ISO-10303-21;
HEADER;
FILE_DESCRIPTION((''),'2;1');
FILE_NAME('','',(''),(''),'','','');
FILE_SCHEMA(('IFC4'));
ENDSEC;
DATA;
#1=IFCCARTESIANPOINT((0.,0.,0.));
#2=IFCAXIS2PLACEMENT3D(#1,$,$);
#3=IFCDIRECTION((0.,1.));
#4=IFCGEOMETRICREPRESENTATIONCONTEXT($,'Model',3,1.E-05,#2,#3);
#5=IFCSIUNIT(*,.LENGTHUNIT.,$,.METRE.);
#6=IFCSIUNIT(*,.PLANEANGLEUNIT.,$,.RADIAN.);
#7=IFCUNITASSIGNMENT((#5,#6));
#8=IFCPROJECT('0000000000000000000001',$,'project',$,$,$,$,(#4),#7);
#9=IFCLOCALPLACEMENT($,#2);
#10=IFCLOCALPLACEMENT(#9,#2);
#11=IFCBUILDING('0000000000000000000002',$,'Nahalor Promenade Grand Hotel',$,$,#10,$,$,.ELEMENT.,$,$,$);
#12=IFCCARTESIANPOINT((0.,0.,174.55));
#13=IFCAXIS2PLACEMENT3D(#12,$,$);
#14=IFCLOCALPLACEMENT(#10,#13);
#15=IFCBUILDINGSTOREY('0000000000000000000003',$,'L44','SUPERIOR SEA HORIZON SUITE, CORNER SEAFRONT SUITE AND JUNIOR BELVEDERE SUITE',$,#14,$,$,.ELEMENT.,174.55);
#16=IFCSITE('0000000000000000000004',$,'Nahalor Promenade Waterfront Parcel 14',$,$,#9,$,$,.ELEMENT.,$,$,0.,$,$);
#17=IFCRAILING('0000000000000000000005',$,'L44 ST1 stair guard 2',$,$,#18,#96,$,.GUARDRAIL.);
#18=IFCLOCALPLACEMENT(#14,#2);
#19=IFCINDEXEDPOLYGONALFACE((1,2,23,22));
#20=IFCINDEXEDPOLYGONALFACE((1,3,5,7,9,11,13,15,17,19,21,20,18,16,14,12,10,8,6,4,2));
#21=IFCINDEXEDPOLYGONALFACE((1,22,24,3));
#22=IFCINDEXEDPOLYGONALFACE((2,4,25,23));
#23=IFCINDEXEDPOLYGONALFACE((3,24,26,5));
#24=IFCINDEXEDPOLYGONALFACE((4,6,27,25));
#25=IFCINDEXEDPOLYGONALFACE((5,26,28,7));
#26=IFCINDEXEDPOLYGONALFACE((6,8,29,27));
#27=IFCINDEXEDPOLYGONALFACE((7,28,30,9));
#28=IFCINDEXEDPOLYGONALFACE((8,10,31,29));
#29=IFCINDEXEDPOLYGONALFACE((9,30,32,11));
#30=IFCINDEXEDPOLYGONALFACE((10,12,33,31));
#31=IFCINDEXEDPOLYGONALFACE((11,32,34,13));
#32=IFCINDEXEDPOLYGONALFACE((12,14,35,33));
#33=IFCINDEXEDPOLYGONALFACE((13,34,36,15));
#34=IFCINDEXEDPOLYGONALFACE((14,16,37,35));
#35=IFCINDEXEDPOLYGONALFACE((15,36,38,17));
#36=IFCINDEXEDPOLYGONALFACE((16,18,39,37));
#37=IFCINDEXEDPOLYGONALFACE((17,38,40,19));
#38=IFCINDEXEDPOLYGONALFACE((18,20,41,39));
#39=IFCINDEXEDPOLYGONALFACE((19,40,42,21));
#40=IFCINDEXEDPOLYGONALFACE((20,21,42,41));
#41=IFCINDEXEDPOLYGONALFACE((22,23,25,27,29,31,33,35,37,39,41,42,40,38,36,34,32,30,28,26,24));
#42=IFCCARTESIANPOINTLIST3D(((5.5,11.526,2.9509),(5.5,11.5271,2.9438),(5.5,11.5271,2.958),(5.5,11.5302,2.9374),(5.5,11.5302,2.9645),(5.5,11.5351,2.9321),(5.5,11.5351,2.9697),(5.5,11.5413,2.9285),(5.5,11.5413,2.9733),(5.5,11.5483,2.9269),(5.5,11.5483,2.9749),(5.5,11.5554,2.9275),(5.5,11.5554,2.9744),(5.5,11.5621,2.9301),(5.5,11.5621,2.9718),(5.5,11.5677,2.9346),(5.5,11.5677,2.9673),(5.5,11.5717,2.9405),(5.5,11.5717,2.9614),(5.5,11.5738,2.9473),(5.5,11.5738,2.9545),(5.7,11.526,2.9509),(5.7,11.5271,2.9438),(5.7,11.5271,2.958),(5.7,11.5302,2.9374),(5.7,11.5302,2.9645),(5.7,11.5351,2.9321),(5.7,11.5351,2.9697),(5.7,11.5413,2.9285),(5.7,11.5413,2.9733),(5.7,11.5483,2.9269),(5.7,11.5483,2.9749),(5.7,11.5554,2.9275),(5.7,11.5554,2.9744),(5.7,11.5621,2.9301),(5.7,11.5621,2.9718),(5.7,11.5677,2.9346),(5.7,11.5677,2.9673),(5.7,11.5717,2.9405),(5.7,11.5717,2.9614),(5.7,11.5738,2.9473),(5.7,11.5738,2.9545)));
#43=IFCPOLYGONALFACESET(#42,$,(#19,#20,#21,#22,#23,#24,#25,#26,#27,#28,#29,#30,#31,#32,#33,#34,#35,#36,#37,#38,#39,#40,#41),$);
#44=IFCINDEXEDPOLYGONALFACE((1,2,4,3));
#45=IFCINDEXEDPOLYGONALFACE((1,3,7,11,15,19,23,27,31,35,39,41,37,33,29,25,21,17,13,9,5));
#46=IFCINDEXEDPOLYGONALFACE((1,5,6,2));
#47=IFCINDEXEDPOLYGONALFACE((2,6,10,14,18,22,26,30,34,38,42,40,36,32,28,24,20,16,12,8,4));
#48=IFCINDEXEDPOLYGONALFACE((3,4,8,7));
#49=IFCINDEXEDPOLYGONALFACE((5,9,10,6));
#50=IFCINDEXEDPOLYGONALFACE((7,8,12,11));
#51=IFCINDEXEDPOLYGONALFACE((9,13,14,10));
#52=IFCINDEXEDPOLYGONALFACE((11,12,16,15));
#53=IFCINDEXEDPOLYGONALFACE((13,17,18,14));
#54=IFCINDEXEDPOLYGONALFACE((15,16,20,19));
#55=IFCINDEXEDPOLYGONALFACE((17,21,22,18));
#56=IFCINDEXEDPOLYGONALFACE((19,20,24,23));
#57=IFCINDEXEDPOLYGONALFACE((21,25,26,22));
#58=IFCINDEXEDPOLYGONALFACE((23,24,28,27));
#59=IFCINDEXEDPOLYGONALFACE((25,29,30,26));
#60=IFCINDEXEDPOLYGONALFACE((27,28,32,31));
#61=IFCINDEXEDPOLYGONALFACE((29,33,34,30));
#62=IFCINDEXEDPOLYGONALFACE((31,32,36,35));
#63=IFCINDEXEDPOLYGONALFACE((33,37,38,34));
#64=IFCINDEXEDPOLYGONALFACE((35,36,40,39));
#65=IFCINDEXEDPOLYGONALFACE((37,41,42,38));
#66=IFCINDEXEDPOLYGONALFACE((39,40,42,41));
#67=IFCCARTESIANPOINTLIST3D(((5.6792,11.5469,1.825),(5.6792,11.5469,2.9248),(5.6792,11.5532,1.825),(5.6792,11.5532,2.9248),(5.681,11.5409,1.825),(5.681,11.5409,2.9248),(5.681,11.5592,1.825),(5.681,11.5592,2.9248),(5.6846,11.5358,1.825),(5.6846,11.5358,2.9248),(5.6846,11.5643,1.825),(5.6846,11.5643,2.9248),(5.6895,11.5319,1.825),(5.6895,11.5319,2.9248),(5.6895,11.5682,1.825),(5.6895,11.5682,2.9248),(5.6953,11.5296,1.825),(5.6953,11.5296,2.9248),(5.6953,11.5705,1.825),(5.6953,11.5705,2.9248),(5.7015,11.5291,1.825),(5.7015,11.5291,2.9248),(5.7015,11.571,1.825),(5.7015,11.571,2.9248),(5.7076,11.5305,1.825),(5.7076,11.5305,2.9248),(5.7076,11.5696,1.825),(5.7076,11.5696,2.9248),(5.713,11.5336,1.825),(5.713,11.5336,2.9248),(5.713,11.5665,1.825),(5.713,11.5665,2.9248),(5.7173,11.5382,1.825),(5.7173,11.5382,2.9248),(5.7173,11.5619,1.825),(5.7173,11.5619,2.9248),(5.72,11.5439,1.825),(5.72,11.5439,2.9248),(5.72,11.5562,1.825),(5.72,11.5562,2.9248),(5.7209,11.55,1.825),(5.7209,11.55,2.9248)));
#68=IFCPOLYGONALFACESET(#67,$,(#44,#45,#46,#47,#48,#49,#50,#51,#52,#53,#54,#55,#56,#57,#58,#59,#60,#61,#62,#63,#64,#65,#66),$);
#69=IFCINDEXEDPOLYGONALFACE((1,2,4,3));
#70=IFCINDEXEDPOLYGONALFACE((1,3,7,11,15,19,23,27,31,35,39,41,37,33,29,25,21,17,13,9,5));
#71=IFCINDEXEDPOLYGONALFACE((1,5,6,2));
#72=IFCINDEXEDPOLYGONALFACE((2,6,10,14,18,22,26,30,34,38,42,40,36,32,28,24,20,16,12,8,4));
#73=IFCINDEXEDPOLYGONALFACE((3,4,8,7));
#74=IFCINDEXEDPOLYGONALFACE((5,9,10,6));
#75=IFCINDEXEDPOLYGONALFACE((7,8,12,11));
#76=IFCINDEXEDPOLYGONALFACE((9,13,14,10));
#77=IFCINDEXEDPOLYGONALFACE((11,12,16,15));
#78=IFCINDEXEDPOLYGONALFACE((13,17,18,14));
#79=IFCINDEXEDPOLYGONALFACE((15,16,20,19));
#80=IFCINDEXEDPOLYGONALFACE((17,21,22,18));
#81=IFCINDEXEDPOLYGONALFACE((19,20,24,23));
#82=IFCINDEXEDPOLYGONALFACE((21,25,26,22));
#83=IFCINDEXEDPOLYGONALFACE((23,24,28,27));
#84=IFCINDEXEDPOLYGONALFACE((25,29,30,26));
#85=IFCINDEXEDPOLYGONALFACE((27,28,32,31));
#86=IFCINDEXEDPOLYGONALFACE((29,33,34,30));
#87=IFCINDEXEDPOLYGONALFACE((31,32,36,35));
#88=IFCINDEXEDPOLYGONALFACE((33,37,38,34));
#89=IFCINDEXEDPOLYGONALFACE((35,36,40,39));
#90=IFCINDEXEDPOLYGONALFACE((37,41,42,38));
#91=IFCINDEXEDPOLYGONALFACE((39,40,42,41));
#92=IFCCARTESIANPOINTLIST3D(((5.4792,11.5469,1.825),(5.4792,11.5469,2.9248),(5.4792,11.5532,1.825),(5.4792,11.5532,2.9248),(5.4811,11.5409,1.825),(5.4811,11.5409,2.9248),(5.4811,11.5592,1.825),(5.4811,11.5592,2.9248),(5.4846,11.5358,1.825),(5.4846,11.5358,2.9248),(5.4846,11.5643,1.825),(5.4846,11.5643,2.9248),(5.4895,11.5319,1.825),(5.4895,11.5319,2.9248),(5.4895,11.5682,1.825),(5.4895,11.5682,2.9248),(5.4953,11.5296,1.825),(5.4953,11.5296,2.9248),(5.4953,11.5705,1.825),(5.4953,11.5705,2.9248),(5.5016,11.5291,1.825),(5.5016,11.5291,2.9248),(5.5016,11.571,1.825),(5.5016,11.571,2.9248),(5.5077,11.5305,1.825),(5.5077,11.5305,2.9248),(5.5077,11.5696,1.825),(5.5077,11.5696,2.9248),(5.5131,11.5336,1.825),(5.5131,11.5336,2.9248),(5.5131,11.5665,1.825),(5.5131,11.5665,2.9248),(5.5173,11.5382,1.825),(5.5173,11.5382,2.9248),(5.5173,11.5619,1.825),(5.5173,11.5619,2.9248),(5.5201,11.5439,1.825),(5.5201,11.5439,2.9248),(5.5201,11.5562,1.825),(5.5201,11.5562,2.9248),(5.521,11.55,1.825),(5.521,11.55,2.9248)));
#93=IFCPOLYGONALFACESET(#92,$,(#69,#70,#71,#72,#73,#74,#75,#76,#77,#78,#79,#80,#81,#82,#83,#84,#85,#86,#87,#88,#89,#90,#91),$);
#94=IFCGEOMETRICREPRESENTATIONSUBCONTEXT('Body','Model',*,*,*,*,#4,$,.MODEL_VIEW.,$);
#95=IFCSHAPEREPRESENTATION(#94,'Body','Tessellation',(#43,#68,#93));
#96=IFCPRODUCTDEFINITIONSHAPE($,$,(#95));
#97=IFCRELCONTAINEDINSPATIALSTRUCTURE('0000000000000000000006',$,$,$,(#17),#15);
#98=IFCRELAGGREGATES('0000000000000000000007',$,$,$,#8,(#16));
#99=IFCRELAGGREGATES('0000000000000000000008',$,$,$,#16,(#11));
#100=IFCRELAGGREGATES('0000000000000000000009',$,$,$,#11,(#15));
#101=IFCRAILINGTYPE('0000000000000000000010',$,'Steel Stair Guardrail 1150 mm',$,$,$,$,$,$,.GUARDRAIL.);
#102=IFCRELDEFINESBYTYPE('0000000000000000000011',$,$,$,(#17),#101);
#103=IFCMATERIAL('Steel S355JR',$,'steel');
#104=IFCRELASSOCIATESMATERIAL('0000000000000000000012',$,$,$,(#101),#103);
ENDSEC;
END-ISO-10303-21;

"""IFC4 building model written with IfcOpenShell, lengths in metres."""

from ifc_helpers import new_model, si_unit, direction, frame, origin, origin_2d, place, context, subcontext, project, spatial, circle, extrude, material, type_object, element, save


model = new_model("IFC4")

# Units and contexts
model_context = context("Model", 3, precision=1e-05, world=origin(), true_north=direction((0.0, 1.0)))
body_context = subcontext(model_context, "Body", "Model", "MODEL_VIEW")
ifc_project = project(units=[si_unit("LENGTHUNIT", "METRE"), si_unit("PLANEANGLEUNIT", "RADIAN")], contexts=[model_context])

# Site, building, storey
site_placement = place(None, origin())
site = spatial("IfcSite", under=ifc_project, at=site_placement, Name="Nahalor Promenade Waterfront Parcel 14", CompositionType="ELEMENT", RefElevation=0.0)
building_placement = place(site_placement, origin())
building = spatial("IfcBuilding", under=site, at=building_placement, Name="Nahalor Promenade Grand Hotel", CompositionType="ELEMENT")
storey_placement = place(building_placement, frame((0.0, 0.0, 174.55)))
storey = spatial("IfcBuildingStorey", under=building, at=storey_placement, Name="L44", Description="SUPERIOR SEA HORIZON SUITE, CORNER SEAFRONT SUITE AND JUNIOR BELVEDERE SUITE", CompositionType="ELEMENT", Elevation=174.55)

# Shared definitions
ifc_material_1 = material(Name="Steel S355JR", Category="steel")

# Railing
railing_type_1 = type_object("IfcRailingType", Name="Steel Stair Guardrail 1150 mm", PredefinedType="GUARDRAIL", material=ifc_material_1)
railing_1_placement = place(storey_placement, frame((5.7, 11.55, 1.825)))
element("IfcRailing", 1, at=railing_1_placement, inside=storey, type_object=railing_type_1, Name="L44 ST1 stair guard 2", PredefinedType="GUARDRAIL", context=body_context, shape_type="SweptSolid", body=[
    extrude(circle(Radius=0.024, at=origin_2d()), frame((0.0, 0.0, 1.126), z_axis=(-1.0, 0.0, 0.0), x_axis=(0.0, -1.0, 0.0)), (0.0, 0.0, 1.0), 0.2),
    extrude(circle(Radius=0.021, at=origin_2d()), origin(), (0.0, 0.0, 1.0), 1.0999),
    extrude(circle(Radius=0.021, at=origin_2d()), frame((-0.2, 0.0, 0.0)), (0.0, 0.0, 1.0), 1.0999),
])

save(model, "model.ifc")
